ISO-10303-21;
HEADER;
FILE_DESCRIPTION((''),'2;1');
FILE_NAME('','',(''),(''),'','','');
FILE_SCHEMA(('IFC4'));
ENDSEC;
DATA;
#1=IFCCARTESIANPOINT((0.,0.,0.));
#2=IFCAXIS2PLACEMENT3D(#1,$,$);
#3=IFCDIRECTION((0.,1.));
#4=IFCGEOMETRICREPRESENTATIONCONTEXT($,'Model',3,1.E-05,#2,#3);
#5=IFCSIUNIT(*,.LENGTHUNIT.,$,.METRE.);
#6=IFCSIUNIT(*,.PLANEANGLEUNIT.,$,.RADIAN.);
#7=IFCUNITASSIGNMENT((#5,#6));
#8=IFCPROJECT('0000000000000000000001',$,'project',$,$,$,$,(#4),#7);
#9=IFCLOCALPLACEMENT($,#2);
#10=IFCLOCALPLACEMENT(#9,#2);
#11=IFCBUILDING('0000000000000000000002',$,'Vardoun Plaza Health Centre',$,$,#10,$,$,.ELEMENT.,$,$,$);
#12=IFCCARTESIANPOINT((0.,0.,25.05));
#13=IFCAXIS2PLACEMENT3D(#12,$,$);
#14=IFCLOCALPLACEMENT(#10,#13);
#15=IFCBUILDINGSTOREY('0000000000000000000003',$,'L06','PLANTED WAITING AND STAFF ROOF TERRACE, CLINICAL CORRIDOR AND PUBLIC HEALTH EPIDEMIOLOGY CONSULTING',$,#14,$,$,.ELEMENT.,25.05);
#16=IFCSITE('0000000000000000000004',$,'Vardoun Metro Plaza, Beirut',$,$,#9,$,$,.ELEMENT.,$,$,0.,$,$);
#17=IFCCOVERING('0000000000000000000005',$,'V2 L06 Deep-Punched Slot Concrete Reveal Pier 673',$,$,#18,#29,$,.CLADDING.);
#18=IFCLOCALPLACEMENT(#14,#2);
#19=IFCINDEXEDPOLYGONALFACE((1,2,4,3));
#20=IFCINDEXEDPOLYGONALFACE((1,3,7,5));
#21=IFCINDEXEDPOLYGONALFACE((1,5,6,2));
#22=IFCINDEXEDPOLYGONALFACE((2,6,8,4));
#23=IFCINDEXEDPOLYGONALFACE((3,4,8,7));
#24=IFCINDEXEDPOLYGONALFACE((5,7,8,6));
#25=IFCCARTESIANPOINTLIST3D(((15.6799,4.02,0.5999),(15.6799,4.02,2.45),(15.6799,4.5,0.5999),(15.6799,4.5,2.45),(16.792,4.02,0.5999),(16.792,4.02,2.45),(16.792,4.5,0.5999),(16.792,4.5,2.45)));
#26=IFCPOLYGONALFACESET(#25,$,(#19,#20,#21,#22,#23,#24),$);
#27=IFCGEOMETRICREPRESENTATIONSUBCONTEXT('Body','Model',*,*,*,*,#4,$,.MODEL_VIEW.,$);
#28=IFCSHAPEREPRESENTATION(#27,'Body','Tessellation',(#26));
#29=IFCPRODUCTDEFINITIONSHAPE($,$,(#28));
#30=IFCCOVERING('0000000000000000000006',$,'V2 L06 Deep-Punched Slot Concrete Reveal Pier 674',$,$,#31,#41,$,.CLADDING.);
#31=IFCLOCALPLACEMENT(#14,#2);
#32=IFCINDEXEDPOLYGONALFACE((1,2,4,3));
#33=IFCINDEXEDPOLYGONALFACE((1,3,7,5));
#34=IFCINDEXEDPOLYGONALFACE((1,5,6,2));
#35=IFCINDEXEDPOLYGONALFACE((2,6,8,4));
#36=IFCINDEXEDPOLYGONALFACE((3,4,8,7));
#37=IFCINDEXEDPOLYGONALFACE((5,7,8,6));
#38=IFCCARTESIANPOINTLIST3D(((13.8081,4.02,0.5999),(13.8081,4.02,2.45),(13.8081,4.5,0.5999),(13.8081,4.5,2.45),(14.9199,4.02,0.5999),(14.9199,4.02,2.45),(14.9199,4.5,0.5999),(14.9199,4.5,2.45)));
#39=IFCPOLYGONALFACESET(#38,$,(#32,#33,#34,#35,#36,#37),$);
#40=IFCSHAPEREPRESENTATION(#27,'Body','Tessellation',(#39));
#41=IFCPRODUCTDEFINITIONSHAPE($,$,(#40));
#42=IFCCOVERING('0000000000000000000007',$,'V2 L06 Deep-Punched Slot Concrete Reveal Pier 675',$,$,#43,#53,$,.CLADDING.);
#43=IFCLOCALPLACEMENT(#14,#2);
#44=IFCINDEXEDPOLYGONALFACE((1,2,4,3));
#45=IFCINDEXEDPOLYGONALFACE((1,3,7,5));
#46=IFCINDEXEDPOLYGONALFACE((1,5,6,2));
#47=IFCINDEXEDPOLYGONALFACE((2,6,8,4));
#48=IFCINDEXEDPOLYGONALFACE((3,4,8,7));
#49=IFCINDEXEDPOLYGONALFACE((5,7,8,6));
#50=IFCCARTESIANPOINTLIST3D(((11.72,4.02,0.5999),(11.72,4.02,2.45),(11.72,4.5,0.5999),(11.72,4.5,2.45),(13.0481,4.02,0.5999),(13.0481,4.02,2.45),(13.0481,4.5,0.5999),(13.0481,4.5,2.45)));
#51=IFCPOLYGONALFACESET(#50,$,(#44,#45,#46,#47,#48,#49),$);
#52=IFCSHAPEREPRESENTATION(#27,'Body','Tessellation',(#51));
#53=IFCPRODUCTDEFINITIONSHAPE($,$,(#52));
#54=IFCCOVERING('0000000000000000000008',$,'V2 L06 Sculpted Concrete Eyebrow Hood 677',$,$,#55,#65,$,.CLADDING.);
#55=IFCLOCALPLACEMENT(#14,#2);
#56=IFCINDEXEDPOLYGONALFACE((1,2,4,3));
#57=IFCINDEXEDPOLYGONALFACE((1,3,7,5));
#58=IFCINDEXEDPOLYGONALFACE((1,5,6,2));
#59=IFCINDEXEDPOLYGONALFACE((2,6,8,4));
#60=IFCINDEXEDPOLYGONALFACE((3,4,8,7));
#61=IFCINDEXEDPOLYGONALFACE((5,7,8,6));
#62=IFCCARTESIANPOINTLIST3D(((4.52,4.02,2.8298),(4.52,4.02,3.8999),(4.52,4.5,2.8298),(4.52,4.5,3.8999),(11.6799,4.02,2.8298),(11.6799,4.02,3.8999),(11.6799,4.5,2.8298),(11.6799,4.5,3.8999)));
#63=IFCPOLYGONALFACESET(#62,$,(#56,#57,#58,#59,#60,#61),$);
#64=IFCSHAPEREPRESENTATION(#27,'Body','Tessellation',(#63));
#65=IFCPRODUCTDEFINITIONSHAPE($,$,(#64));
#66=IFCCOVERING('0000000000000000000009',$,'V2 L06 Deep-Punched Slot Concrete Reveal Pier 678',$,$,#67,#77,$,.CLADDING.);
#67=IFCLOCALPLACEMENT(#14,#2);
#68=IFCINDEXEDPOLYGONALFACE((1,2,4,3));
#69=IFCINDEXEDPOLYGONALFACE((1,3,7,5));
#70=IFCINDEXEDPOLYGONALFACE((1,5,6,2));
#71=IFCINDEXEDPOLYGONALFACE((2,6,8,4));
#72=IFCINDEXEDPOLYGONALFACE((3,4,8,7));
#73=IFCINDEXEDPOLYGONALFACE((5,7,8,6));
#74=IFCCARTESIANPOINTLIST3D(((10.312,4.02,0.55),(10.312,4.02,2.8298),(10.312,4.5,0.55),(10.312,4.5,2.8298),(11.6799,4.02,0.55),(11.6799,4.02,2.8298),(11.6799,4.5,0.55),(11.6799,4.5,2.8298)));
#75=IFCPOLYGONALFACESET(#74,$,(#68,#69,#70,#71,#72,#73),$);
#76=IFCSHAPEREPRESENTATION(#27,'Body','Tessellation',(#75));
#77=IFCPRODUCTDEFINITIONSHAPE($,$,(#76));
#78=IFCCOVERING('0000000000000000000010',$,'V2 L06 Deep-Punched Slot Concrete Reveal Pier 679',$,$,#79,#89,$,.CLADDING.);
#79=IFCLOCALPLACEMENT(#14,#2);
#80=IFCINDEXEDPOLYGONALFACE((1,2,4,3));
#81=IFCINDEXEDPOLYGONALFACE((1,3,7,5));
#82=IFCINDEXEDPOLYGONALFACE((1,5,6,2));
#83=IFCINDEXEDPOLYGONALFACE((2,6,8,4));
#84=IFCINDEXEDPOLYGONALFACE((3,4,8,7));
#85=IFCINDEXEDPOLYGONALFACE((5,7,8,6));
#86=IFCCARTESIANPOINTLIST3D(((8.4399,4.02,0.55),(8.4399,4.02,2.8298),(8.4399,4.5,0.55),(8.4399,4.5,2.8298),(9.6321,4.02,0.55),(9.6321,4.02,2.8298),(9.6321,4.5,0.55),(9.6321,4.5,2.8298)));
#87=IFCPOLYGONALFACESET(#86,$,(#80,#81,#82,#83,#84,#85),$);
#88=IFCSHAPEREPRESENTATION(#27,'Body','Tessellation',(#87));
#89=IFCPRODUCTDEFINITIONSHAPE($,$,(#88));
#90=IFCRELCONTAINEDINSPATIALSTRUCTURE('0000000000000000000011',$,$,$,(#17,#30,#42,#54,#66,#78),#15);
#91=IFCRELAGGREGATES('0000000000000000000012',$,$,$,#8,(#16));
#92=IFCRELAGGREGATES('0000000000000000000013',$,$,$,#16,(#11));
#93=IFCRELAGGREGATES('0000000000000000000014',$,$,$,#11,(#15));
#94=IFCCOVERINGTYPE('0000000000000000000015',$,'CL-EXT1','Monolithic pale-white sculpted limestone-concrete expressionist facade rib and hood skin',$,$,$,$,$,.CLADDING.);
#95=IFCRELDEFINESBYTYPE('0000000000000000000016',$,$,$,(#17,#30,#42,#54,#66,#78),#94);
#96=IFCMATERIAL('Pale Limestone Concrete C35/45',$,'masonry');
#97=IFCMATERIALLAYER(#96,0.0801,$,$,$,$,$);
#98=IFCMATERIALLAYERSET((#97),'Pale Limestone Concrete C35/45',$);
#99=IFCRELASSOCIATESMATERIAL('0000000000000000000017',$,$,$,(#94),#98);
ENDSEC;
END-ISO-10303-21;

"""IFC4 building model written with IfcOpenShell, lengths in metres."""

from ifc_helpers import new_model, si_unit, direction, frame, origin, place, context, subcontext, project, spatial, polyline, outline, extrude, material, layer, layer_set, type_object, element, save


model = new_model("IFC4")

# Units and contexts
model_context = context("Model", 3, precision=1e-05, world=origin(), true_north=direction((0.0, 1.0)))
body_context = subcontext(model_context, "Body", "Model", "MODEL_VIEW")
ifc_project = project(units=[si_unit("LENGTHUNIT", "METRE"), si_unit("PLANEANGLEUNIT", "RADIAN")], contexts=[model_context])

# Site, building, storey
site_placement = place(None, origin())
site = spatial("IfcSite", under=ifc_project, at=site_placement, Name="Vardoun Metro Plaza, Beirut", CompositionType="ELEMENT", RefElevation=0.0)
building_placement = place(site_placement, origin())
building = spatial("IfcBuilding", under=site, at=building_placement, Name="Vardoun Plaza Health Centre", CompositionType="ELEMENT")
storey_placement = place(building_placement, frame((0.0, 0.0, 25.05)))
storey = spatial("IfcBuildingStorey", under=building, at=storey_placement, Name="L06", Description="PLANTED WAITING AND STAFF ROOF TERRACE, CLINICAL CORRIDOR AND PUBLIC HEALTH EPIDEMIOLOGY CONSULTING", CompositionType="ELEMENT", Elevation=25.05)

# Coverings
ifc_material = material(Name="Pale Limestone Concrete C35/45", Category="masonry")
ifc_layer = layer(ifc_material, 0.0801)
ifc_layer_set = layer_set([ifc_layer], Name="Pale Limestone Concrete C35/45")
covering_type = type_object("IfcCoveringType", Name="CL-EXT1", Description="Monolithic pale-white sculpted limestone-concrete expressionist facade rib and hood skin", PredefinedType="CLADDING", material=ifc_layer_set)
covering_1_placement = place(storey_placement, frame((0.0, 0.0, 0.5999)))
element("IfcCovering", 1, at=covering_1_placement, inside=storey, type_object=covering_type, Name="V2 L06 Deep-Punched Slot Concrete Reveal Pier 673", PredefinedType="CLADDING", context=body_context, shape_type="SweptSolid", body=[
    extrude(outline(polyline([(16.792, 4.5), (15.6799, 4.5), (15.6799, 4.02), (16.792, 4.02), (16.792, 4.5)])), origin(), (0.0, 0.0, 1.0), 1.8501),
])
covering_2_placement = place(storey_placement, frame((0.0, 0.0, 0.5999)))
element("IfcCovering", 2, at=covering_2_placement, inside=storey, type_object=covering_type, Name="V2 L06 Deep-Punched Slot Concrete Reveal Pier 674", PredefinedType="CLADDING", context=body_context, shape_type="SweptSolid", body=[
    extrude(outline(polyline([(14.9199, 4.5), (13.8081, 4.5), (13.8081, 4.02), (14.9199, 4.02), (14.9199, 4.5)])), origin(), (0.0, 0.0, 1.0), 1.8501),
])
covering_3_placement = place(storey_placement, frame((0.0, 0.0, 0.5999)))
element("IfcCovering", 3, at=covering_3_placement, inside=storey, type_object=covering_type, Name="V2 L06 Deep-Punched Slot Concrete Reveal Pier 675", PredefinedType="CLADDING", context=body_context, shape_type="SweptSolid", body=[
    extrude(outline(polyline([(13.0481, 4.5), (11.72, 4.5), (11.72, 4.02), (13.0481, 4.02), (13.0481, 4.5)])), origin(), (0.0, 0.0, 1.0), 1.8501),
])
covering_4_placement = place(storey_placement, frame((0.0, 0.0, 2.8298)))
element("IfcCovering", 4, at=covering_4_placement, inside=storey, type_object=covering_type, Name="V2 L06 Sculpted Concrete Eyebrow Hood 677", PredefinedType="CLADDING", context=body_context, shape_type="SweptSolid", body=[
    extrude(outline(polyline([(11.6799, 4.5), (4.52, 4.5), (4.52, 4.02), (11.6799, 4.02), (11.6799, 4.5)])), origin(), (0.0, 0.0, 1.0), 1.0701),
])
covering_5_placement = place(storey_placement, frame((0.0, 0.0, 0.55)))
element("IfcCovering", 5, at=covering_5_placement, inside=storey, type_object=covering_type, Name="V2 L06 Deep-Punched Slot Concrete Reveal Pier 678", PredefinedType="CLADDING", context=body_context, shape_type="SweptSolid", body=[
    extrude(outline(polyline([(11.6799, 4.5), (10.312, 4.5), (10.312, 4.02), (11.6799, 4.02), (11.6799, 4.5)])), origin(), (0.0, 0.0, 1.0), 2.2798),
])
covering_6_placement = place(storey_placement, frame((0.0, 0.0, 0.55)))
element("IfcCovering", 6, at=covering_6_placement, inside=storey, type_object=covering_type, Name="V2 L06 Deep-Punched Slot Concrete Reveal Pier 679", PredefinedType="CLADDING", context=body_context, shape_type="SweptSolid", body=[
    extrude(outline(polyline([(9.6321, 4.5), (8.4399, 4.5), (8.4399, 4.02), (9.6321, 4.02), (9.6321, 4.5)])), origin(), (0.0, 0.0, 1.0), 2.2798),
])

save(model, "model.ifc")
